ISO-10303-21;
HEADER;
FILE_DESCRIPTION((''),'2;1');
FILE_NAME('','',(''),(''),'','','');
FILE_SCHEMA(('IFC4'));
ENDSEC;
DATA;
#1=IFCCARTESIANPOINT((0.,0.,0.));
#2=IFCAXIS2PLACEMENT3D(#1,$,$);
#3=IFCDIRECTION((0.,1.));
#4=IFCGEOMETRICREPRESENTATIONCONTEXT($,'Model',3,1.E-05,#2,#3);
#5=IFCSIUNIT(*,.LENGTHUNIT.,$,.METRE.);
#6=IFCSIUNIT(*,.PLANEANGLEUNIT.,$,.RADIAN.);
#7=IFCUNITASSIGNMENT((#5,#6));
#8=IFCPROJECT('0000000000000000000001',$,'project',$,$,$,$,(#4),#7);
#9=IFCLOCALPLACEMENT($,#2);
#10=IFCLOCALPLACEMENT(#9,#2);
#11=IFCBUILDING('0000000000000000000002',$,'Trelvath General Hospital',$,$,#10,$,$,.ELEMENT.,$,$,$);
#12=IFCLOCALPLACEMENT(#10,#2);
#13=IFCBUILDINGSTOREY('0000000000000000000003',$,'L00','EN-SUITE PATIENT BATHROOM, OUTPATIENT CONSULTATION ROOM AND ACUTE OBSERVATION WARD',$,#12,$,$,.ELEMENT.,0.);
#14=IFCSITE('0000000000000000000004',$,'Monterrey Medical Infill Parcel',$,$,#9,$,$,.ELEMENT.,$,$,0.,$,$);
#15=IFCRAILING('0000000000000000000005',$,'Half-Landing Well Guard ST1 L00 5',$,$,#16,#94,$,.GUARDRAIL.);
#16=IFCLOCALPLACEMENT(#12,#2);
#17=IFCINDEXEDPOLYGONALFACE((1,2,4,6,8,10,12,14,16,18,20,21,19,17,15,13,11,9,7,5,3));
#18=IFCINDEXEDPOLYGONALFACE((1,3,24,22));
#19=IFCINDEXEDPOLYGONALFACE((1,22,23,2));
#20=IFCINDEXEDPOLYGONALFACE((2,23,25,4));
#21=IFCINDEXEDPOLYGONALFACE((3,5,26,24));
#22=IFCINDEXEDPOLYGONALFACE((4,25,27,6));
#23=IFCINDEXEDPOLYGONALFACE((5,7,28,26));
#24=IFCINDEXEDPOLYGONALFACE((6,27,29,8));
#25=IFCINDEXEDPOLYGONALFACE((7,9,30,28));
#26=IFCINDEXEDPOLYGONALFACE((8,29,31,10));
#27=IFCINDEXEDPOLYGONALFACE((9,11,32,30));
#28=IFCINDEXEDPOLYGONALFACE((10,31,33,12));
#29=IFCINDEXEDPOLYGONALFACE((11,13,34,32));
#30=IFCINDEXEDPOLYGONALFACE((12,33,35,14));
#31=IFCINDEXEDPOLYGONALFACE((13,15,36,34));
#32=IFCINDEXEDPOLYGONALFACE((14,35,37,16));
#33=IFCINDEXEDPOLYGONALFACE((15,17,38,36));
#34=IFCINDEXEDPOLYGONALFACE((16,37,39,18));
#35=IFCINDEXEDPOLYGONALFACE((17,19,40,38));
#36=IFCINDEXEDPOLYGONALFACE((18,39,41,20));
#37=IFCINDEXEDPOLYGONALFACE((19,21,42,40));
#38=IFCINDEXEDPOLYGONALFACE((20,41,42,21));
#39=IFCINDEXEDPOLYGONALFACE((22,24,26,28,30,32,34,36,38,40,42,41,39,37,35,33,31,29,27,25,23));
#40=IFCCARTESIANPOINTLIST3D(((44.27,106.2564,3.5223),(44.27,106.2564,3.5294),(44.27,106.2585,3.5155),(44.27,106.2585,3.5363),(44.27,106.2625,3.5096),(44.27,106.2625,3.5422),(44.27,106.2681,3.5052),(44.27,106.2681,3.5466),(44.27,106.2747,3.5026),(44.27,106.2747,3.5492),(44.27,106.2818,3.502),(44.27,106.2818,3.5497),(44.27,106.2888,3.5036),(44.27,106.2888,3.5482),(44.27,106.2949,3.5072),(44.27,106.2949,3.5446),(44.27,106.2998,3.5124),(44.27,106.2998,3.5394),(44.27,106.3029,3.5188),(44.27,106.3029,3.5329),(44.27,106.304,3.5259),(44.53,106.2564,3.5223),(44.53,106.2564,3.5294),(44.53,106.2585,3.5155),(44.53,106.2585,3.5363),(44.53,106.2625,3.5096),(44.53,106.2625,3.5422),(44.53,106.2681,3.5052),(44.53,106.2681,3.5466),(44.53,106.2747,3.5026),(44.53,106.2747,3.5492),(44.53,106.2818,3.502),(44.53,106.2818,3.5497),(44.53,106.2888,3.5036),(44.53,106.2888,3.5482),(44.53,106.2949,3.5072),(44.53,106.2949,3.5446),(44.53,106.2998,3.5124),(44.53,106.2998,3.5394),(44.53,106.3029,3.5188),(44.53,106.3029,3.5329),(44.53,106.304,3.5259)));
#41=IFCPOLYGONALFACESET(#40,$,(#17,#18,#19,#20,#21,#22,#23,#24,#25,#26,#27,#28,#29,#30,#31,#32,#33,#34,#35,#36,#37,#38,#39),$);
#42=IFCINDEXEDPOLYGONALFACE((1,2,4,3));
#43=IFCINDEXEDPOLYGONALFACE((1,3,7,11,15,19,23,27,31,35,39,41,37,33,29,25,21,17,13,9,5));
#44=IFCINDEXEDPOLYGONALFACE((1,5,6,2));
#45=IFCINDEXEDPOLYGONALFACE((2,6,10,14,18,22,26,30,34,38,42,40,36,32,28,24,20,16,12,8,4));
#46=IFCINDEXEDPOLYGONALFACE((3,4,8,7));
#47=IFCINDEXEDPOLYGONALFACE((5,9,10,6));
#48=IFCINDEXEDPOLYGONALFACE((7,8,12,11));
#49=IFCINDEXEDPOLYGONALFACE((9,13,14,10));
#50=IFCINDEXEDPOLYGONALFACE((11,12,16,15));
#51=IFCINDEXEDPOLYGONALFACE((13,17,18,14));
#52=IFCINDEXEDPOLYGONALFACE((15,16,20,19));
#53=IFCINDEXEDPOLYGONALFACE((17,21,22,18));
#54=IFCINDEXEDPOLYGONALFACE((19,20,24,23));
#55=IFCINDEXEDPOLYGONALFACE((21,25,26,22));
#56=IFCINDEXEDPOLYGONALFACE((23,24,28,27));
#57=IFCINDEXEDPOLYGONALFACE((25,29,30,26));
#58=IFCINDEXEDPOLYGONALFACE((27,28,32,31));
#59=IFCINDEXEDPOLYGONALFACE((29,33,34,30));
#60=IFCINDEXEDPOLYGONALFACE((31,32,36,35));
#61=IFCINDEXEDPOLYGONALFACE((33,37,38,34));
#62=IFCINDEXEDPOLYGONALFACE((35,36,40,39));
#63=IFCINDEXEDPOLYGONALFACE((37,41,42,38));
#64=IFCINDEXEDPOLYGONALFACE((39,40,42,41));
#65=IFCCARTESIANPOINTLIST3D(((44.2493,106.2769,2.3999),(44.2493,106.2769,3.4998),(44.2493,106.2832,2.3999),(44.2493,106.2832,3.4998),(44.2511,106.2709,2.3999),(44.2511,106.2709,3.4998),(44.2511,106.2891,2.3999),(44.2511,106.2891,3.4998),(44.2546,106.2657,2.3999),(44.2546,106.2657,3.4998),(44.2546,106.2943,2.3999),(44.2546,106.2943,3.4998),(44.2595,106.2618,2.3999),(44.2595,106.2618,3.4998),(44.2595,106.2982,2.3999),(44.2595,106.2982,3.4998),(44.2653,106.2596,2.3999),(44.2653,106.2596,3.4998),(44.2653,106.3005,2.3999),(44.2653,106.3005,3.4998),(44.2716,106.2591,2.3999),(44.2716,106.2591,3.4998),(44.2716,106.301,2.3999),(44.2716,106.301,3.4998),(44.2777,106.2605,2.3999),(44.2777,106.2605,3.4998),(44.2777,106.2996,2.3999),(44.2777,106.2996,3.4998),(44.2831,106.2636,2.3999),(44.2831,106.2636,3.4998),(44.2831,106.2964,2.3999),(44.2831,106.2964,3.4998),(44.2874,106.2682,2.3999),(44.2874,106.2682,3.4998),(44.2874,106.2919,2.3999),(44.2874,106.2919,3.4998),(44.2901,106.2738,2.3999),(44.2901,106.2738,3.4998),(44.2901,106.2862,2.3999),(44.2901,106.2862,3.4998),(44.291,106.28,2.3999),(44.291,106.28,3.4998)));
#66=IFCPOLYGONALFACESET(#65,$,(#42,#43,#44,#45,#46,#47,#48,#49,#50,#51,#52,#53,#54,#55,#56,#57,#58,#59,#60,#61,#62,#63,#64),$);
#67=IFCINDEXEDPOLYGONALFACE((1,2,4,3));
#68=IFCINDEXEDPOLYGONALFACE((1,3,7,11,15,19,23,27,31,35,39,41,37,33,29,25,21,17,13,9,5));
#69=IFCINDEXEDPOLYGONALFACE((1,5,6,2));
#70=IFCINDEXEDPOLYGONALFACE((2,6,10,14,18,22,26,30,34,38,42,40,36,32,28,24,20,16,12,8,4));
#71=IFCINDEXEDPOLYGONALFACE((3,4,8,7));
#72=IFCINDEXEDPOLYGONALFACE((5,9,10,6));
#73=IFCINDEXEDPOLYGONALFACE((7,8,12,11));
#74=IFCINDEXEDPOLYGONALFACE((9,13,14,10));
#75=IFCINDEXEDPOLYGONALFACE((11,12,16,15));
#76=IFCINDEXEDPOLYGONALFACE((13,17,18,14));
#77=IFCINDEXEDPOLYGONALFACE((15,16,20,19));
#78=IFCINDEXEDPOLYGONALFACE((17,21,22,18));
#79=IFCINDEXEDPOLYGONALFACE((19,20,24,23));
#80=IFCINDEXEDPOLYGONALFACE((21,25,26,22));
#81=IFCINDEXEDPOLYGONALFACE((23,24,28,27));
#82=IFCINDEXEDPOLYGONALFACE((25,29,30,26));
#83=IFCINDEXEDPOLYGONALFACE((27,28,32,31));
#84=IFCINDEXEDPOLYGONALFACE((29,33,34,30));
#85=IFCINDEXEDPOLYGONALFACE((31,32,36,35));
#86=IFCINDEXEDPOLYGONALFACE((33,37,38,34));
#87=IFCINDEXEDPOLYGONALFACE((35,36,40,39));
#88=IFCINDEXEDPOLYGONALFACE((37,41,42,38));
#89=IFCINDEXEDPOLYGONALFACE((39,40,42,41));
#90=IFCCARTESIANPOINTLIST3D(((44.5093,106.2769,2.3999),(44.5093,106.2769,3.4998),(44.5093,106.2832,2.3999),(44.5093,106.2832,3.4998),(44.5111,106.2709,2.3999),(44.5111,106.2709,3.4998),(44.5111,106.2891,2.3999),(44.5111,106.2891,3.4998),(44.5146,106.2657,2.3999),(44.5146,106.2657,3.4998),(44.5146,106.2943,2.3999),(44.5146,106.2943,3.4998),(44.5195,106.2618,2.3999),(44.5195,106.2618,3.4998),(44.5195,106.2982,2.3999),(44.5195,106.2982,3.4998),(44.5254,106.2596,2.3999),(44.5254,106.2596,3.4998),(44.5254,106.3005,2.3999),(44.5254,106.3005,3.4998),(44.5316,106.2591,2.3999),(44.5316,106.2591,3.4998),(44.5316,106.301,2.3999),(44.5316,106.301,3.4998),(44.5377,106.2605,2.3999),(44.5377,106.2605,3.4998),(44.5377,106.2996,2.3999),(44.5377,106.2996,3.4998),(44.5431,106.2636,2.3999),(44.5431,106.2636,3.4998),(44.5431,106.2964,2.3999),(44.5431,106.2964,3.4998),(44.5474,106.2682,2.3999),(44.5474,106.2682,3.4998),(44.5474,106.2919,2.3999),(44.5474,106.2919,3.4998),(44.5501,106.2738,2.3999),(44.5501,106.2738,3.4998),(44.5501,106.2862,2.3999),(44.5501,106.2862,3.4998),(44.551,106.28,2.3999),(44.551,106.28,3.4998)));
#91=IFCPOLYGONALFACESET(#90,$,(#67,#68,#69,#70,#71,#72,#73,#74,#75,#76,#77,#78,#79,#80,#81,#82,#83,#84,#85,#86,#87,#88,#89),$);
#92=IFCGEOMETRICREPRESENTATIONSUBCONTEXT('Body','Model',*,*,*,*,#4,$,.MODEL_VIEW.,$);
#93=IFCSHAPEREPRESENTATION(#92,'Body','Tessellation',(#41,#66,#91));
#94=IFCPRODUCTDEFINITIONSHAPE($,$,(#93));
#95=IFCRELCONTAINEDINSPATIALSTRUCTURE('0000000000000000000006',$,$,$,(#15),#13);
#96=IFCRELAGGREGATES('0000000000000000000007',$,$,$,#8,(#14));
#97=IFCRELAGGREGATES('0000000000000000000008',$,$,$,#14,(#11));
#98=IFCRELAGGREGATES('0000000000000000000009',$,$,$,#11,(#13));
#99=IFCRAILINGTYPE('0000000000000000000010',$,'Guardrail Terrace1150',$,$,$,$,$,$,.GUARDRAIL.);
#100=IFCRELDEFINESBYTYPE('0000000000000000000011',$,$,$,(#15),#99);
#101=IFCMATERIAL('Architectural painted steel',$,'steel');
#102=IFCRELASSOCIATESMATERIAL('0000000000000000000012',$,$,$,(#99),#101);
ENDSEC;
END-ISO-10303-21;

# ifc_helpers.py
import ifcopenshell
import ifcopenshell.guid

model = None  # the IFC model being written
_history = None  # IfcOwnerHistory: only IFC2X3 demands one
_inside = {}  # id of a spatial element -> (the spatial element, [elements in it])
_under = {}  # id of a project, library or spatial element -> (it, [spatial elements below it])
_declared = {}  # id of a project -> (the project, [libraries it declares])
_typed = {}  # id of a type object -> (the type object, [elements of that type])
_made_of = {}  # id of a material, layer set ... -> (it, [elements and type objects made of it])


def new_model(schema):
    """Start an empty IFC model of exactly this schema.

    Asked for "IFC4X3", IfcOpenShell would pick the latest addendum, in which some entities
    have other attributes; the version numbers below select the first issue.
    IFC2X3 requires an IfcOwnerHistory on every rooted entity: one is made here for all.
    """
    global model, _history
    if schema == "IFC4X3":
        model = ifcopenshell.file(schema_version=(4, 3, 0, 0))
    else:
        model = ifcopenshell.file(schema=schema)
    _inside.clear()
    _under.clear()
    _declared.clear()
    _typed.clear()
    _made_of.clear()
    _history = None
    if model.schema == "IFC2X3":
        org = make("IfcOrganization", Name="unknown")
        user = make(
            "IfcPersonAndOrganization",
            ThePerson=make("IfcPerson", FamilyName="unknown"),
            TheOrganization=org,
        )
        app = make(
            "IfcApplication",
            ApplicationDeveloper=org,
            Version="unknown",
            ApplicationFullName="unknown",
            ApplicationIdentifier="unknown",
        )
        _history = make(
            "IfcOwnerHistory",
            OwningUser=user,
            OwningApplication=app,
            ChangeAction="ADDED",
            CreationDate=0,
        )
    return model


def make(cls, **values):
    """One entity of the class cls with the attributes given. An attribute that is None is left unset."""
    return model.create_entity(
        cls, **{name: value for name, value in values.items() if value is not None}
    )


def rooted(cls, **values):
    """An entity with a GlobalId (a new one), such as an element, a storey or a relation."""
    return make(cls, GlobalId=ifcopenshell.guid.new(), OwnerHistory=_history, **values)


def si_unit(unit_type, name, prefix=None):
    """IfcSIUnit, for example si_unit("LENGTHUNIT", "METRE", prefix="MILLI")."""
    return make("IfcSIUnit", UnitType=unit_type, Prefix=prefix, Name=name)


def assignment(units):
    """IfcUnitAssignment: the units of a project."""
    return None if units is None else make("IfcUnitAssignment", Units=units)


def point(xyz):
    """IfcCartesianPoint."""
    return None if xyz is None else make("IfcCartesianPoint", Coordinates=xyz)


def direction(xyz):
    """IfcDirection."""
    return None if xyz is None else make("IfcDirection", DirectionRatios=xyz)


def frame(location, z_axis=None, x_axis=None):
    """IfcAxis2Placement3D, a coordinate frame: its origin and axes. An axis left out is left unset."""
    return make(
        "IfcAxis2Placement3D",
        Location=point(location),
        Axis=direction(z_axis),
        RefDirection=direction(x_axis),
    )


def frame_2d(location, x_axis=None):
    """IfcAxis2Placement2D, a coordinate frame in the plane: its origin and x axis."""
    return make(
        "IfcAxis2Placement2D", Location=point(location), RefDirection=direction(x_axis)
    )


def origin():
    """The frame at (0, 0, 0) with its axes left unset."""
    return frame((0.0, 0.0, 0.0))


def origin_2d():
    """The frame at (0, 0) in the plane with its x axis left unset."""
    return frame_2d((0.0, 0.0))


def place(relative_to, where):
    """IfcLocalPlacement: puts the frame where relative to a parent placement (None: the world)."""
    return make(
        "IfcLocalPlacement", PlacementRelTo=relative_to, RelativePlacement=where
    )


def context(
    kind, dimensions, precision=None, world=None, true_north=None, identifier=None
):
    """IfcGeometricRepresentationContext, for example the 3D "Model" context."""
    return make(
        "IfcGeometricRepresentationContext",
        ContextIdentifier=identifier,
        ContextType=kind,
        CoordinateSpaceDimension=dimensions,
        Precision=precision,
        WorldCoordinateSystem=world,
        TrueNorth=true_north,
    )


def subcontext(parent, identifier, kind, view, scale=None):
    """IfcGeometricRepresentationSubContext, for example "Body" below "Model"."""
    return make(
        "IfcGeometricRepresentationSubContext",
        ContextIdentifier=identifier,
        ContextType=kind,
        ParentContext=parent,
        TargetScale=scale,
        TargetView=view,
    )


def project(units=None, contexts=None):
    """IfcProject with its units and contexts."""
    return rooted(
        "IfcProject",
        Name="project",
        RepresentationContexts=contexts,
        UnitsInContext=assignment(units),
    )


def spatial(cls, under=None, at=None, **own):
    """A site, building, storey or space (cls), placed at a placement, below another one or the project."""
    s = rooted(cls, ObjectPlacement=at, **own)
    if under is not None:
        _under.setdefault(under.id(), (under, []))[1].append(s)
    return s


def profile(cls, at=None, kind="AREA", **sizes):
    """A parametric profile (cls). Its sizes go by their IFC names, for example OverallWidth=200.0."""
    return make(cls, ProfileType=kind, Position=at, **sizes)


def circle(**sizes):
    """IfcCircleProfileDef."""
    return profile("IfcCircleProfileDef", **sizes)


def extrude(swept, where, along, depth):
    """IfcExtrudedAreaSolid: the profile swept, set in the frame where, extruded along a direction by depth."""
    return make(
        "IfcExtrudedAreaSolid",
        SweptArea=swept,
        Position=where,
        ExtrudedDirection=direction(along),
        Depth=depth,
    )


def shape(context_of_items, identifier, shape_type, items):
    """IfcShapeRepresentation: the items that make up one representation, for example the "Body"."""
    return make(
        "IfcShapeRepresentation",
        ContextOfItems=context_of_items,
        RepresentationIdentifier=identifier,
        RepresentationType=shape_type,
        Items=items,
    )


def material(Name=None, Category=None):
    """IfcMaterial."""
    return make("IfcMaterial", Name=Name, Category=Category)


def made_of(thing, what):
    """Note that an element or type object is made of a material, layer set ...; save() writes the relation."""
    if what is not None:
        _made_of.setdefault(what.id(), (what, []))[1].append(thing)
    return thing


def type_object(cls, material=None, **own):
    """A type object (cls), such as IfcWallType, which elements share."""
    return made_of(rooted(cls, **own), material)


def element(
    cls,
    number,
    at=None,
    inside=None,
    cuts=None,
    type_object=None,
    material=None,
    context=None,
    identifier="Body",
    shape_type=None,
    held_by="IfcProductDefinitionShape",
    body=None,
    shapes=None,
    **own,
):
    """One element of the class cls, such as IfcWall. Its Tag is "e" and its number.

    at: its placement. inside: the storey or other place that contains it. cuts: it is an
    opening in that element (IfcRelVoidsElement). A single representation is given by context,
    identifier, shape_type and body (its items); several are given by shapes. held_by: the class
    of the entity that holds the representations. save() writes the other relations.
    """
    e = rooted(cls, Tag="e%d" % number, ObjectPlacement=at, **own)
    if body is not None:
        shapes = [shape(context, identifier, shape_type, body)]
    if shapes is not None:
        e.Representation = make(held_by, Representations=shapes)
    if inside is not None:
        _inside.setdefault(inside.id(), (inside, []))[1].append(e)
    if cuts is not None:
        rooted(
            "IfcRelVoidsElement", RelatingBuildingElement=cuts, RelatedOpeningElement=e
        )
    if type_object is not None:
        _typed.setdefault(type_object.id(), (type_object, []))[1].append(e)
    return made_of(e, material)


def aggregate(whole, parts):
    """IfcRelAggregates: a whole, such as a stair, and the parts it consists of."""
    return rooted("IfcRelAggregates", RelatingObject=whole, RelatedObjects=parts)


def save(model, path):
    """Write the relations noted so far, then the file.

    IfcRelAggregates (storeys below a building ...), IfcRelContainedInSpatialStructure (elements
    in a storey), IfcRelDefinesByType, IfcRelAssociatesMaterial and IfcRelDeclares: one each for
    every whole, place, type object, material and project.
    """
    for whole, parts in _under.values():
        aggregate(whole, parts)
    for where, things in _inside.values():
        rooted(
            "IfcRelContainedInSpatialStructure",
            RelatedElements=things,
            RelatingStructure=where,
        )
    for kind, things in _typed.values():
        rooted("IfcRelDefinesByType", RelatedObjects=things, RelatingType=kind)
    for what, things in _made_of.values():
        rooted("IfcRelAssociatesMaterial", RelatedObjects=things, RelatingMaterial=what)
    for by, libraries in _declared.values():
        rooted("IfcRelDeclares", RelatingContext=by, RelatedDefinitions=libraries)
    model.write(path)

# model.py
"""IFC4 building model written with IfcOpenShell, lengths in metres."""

from ifc_helpers import new_model, si_unit, direction, frame, origin, origin_2d, place, context, subcontext, project, spatial, circle, extrude, material, type_object, element, save


model = new_model("IFC4")

# Units and contexts
model_context = context("Model", 3, precision=1e-05, world=origin(), true_north=direction((0.0, 1.0)))
body_context = subcontext(model_context, "Body", "Model", "MODEL_VIEW")
ifc_project = project(units=[si_unit("LENGTHUNIT", "METRE"), si_unit("PLANEANGLEUNIT", "RADIAN")], contexts=[model_context])

# Site, building, storey
site_placement = place(None, origin())
site = spatial("IfcSite", under=ifc_project, at=site_placement, Name="Monterrey Medical Infill Parcel", CompositionType="ELEMENT", RefElevation=0.0)
building_placement = place(site_placement, origin())
building = spatial("IfcBuilding", under=site, at=building_placement, Name="Trelvath General Hospital", CompositionType="ELEMENT")
storey_placement = place(building_placement, origin())
storey = spatial("IfcBuildingStorey", under=building, at=storey_placement, Name="L00", Description="EN-SUITE PATIENT BATHROOM, OUTPATIENT CONSULTATION ROOM AND ACUTE OBSERVATION WARD", CompositionType="ELEMENT", Elevation=0.0)

# Railing
ifc_material_1 = material(Name="Architectural painted steel", Category="steel")
railing_type_1 = type_object("IfcRailingType", Name="Guardrail Terrace1150", PredefinedType="GUARDRAIL", material=ifc_material_1)
railing_1_placement = place(storey_placement, frame((44.27, 106.28, 2.3999)))
element("IfcRailing", 1, at=railing_1_placement, inside=storey, type_object=railing_type_1, Name="Half-Landing Well Guard ST1 L00 5", PredefinedType="GUARDRAIL", context=body_context, shape_type="SweptSolid", body=[
    extrude(circle(Radius=0.0239, at=origin_2d()), frame((0.0, 0.0, 1.126), z_axis=(1.0, 0.0, 0.0), x_axis=(0.0, 1.0, 0.0)), (0.0, 0.0, 1.0), 0.26),
    extrude(circle(Radius=0.021, at=origin_2d()), origin(), (0.0, 0.0, 1.0), 1.0999),
    extrude(circle(Radius=0.021, at=origin_2d()), frame((0.26, 0.0, 0.0)), (0.0, 0.0, 1.0), 1.0999),
])

save(model, "model.ifc")
